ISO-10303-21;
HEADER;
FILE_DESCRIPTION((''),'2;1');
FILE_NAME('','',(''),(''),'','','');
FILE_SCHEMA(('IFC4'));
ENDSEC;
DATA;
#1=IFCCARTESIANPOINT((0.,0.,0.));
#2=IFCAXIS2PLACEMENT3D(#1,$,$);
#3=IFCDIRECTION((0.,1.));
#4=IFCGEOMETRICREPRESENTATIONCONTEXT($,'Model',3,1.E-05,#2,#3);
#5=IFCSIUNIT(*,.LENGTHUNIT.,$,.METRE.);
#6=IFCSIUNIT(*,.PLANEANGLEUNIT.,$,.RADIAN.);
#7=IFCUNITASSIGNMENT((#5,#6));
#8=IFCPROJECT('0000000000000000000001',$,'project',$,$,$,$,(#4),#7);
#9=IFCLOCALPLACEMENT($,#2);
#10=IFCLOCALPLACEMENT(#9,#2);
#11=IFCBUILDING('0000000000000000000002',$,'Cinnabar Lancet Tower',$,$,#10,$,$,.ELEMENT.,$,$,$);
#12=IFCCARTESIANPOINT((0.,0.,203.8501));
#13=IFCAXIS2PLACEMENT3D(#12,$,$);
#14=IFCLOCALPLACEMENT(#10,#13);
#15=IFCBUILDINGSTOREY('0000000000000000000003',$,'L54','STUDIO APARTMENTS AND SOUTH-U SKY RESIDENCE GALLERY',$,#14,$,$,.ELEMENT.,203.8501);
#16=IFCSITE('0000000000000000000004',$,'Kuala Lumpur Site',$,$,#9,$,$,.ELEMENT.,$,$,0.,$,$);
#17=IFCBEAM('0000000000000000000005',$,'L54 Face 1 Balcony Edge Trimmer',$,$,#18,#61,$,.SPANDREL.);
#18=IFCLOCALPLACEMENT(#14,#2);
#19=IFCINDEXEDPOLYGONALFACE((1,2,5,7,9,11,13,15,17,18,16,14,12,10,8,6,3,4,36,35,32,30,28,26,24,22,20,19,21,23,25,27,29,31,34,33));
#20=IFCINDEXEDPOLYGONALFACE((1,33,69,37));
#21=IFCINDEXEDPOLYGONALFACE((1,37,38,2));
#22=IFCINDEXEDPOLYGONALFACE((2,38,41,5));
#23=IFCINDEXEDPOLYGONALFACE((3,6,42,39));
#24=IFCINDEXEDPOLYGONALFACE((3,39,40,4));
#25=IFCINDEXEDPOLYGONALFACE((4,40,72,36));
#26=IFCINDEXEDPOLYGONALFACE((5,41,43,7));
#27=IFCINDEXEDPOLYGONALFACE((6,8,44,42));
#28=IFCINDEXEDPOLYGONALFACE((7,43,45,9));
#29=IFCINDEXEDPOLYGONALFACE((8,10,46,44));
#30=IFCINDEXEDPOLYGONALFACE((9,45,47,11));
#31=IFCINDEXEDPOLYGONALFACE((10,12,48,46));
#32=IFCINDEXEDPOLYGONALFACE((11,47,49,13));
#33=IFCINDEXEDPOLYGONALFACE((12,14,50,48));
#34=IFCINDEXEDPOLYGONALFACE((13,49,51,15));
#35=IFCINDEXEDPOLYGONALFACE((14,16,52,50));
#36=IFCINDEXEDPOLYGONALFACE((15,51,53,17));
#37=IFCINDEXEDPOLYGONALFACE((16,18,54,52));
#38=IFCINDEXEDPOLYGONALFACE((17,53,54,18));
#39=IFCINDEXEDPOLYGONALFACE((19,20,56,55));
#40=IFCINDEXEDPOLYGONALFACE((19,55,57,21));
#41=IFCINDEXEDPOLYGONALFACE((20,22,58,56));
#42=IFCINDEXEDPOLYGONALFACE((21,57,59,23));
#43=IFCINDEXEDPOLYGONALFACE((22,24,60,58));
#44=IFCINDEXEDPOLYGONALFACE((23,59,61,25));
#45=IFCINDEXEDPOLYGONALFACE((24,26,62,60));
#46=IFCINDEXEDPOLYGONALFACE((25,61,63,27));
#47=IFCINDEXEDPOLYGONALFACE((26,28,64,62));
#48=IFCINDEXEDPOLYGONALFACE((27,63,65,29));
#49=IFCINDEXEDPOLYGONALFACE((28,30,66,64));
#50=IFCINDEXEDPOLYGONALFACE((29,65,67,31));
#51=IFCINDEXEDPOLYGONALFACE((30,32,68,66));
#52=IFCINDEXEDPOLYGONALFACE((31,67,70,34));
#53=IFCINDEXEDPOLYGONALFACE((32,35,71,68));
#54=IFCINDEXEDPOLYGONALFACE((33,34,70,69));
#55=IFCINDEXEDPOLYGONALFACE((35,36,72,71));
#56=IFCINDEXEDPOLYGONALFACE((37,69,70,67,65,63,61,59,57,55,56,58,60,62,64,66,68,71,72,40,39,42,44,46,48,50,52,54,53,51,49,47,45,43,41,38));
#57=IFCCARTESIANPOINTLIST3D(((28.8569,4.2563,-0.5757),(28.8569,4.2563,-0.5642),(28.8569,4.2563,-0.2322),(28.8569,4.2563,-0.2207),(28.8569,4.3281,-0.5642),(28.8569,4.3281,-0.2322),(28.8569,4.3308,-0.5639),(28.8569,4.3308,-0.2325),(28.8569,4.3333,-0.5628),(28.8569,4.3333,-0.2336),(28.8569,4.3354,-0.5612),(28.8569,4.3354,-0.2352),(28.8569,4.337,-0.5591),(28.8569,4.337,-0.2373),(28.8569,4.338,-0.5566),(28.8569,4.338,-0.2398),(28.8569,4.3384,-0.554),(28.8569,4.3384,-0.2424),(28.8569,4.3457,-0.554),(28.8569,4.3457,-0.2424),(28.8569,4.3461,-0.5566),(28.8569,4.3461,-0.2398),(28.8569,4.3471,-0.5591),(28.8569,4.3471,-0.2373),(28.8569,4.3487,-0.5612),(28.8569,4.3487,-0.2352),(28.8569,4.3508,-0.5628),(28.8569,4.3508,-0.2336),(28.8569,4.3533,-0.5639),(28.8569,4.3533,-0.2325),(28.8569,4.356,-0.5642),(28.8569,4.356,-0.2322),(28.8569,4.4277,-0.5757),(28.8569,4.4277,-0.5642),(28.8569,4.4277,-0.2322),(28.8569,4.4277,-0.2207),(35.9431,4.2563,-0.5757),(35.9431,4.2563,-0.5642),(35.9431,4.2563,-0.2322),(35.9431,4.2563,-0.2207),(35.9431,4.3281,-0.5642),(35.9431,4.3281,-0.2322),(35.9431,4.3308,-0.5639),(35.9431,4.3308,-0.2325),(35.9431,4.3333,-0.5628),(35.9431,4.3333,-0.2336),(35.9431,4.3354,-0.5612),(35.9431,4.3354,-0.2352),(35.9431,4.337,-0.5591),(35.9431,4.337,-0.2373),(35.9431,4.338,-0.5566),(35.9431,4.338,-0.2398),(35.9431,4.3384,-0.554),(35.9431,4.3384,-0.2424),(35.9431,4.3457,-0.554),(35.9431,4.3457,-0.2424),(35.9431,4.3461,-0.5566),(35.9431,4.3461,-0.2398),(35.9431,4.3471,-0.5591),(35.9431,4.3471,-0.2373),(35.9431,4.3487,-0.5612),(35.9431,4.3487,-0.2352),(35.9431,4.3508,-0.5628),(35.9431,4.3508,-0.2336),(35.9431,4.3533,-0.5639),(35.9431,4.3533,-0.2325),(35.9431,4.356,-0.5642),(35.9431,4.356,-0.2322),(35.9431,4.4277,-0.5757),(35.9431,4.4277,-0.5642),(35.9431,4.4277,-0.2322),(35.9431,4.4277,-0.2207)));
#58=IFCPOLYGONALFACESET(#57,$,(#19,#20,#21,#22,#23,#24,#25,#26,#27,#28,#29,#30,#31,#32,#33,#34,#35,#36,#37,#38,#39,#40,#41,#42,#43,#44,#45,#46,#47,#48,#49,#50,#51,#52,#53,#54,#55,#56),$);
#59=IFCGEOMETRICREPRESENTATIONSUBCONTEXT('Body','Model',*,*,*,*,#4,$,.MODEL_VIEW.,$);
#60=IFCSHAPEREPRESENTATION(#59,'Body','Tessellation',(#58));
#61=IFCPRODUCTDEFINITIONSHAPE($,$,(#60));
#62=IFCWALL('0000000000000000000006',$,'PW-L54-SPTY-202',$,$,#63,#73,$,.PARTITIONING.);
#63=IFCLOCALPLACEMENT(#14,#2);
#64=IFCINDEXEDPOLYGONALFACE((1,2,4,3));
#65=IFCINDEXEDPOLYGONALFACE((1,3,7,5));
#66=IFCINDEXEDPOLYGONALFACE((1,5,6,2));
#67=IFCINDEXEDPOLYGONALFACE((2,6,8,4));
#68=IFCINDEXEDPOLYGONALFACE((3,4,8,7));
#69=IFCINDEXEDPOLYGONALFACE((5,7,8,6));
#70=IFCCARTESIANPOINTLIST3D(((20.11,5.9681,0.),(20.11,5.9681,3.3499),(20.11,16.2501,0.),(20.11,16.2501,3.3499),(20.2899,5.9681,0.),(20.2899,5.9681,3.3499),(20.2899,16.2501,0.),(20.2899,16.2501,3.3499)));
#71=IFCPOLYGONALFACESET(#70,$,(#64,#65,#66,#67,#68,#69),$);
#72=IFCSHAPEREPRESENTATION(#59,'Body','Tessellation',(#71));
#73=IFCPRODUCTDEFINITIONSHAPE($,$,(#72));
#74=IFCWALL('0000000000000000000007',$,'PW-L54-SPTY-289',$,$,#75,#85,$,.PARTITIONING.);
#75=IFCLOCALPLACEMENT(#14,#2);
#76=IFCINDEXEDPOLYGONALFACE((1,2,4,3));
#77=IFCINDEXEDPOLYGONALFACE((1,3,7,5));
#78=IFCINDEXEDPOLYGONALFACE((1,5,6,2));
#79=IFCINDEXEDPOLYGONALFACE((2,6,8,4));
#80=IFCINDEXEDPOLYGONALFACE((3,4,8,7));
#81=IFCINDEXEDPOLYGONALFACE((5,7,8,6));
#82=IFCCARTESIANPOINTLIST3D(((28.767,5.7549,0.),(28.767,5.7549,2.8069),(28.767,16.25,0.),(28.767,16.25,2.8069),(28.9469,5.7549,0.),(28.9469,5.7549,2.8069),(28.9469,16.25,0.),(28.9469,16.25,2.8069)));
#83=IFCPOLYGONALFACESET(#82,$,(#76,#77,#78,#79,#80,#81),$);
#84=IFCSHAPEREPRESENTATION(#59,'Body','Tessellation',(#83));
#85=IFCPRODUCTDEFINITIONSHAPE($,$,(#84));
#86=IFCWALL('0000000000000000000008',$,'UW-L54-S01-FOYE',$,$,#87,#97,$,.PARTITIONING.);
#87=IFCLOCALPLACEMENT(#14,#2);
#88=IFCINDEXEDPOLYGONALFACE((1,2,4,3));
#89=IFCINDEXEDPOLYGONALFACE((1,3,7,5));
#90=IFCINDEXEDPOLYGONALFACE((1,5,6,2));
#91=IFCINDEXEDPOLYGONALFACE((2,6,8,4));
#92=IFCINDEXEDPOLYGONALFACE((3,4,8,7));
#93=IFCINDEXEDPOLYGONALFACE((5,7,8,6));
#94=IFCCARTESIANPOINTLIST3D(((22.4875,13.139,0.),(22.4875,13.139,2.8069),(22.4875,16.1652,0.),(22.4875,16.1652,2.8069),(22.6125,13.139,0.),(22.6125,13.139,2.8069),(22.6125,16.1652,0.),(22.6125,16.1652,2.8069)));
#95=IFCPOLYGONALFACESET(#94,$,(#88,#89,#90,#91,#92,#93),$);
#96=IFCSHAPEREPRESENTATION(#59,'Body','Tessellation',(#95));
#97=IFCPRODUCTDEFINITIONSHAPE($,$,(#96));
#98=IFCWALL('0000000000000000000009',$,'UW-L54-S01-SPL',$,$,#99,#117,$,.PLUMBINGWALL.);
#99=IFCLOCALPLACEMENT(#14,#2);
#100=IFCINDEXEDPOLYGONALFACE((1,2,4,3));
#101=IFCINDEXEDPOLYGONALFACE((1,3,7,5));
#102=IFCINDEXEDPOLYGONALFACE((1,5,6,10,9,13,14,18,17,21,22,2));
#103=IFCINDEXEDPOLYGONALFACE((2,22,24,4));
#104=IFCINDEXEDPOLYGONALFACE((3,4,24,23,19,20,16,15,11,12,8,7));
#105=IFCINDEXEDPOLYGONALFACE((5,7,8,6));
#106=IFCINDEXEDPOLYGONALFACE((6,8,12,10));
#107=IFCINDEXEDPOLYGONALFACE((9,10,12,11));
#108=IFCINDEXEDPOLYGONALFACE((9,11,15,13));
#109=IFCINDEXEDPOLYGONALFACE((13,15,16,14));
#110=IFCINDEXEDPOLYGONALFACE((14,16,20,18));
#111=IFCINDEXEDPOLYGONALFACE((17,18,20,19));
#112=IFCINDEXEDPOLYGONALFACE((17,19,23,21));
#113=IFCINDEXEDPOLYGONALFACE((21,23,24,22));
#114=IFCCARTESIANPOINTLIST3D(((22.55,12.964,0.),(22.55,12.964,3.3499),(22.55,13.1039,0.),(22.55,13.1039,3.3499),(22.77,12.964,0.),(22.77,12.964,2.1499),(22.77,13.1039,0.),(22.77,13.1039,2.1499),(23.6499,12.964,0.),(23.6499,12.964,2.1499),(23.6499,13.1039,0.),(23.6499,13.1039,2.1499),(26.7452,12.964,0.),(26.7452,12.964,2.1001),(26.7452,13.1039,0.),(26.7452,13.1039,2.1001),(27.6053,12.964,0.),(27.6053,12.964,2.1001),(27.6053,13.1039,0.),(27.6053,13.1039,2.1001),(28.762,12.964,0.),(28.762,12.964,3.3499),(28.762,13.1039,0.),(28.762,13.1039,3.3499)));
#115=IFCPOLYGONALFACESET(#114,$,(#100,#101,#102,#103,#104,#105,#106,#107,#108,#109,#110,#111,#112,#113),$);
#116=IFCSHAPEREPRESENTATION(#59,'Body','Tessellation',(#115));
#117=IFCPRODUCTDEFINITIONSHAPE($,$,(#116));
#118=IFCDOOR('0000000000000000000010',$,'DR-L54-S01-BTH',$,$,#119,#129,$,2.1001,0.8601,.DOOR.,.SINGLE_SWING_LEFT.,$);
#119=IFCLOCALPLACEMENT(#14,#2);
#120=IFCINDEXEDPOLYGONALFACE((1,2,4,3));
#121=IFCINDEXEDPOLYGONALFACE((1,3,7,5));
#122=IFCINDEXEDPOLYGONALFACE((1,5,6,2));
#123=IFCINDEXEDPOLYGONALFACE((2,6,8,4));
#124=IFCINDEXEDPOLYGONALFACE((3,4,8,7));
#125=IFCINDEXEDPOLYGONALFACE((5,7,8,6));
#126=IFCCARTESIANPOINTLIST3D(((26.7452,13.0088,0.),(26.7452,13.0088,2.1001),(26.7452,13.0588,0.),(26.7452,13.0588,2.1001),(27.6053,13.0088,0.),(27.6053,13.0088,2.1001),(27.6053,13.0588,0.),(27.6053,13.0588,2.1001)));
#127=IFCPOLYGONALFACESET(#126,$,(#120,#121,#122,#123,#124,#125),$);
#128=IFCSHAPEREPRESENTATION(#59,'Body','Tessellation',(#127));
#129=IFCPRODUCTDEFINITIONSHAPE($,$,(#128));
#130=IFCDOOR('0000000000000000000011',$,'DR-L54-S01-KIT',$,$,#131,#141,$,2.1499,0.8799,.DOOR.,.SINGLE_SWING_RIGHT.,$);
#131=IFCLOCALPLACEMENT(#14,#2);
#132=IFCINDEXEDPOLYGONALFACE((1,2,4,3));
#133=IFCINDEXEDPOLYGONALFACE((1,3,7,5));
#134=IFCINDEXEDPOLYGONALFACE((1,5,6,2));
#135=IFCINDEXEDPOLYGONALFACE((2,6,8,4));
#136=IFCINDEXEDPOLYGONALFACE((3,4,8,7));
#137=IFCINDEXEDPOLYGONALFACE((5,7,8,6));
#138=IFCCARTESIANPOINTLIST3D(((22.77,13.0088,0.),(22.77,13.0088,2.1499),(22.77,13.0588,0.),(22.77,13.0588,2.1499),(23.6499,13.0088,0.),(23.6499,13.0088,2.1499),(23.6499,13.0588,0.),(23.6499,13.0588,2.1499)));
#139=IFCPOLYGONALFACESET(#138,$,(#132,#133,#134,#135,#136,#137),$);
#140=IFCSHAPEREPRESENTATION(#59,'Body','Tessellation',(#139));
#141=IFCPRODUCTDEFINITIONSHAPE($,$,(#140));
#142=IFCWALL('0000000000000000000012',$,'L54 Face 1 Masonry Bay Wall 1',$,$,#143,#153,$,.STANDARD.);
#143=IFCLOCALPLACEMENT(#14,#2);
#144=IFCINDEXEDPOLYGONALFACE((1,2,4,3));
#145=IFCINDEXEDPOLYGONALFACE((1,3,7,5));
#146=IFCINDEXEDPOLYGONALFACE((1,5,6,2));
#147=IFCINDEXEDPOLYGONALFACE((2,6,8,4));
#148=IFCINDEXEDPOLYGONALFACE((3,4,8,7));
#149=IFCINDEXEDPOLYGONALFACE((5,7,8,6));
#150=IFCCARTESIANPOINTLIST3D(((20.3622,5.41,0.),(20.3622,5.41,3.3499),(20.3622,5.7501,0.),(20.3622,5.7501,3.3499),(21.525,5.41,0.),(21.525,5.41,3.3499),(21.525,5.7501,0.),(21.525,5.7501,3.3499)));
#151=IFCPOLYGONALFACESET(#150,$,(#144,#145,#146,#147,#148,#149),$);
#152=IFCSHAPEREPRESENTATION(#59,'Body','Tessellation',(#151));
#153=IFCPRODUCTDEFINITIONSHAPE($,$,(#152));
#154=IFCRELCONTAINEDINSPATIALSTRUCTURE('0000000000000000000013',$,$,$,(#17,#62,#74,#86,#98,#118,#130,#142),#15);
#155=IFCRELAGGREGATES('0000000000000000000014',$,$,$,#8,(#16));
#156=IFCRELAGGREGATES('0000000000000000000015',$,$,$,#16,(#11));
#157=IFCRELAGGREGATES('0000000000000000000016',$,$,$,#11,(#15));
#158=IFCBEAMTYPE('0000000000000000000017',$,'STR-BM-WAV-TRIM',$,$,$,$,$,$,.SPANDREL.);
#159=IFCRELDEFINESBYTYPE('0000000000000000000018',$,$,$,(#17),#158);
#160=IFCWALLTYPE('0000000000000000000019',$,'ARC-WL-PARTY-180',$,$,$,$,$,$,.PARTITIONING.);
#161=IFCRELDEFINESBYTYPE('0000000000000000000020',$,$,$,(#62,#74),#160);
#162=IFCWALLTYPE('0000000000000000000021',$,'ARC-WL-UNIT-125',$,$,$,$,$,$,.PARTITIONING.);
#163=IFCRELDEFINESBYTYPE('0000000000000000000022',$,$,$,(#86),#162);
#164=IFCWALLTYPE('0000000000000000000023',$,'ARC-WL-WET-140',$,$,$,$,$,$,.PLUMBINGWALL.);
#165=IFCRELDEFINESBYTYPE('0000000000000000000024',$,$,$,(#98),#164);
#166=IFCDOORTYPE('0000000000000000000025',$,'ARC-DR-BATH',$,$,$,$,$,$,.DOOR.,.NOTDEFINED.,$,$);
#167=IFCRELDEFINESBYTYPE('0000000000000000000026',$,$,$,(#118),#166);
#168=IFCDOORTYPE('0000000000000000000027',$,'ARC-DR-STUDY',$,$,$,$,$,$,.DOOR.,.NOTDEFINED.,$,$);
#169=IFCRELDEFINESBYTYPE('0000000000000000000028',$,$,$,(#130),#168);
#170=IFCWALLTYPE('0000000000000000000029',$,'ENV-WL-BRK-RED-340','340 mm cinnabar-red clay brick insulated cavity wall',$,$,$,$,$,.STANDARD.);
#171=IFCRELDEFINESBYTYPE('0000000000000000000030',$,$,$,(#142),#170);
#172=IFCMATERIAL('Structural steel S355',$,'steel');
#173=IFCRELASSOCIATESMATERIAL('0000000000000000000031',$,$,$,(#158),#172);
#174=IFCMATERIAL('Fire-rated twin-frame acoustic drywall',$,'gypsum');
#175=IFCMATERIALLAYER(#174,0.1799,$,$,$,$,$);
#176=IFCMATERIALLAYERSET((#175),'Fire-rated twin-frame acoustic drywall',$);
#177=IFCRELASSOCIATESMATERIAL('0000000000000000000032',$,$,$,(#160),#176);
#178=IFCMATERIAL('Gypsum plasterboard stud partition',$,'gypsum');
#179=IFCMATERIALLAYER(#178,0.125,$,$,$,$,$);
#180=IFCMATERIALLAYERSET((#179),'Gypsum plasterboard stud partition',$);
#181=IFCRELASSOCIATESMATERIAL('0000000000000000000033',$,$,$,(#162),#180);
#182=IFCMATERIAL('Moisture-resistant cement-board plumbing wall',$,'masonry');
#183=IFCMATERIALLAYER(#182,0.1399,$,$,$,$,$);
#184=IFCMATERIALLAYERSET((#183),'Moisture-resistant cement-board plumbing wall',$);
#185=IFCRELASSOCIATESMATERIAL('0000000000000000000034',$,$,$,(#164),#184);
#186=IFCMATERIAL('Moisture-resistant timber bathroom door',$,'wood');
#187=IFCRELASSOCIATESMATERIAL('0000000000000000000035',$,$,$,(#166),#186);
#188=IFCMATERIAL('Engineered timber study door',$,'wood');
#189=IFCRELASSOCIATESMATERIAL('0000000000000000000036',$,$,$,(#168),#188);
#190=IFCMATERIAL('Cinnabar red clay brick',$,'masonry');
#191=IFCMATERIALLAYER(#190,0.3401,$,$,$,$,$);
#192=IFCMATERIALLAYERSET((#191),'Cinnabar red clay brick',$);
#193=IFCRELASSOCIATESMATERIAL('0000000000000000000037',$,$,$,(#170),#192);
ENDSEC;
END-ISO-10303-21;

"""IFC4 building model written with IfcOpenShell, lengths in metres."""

from ifc_helpers import new_model, si_unit, direction, frame, frame_2d, origin, origin_2d, place, context, subcontext, project, spatial, rectangle, i_section, extrude, material, layer, layer_set, material_profile, profile_set, type_object, element, fill, save


model = new_model("IFC4")

# Units and contexts
model_context = context("Model", 3, precision=1e-05, world=origin(), true_north=direction((0.0, 1.0)))
body_context = subcontext(model_context, "Body", "Model", "MODEL_VIEW")
ifc_project = project(units=[si_unit("LENGTHUNIT", "METRE"), si_unit("PLANEANGLEUNIT", "RADIAN")], contexts=[model_context])

# Site, building, storey
site_placement = place(None, origin())
site = spatial("IfcSite", under=ifc_project, at=site_placement, Name="Kuala Lumpur Site", CompositionType="ELEMENT", RefElevation=0.0)
building_placement = place(site_placement, origin())
building = spatial("IfcBuilding", under=site, at=building_placement, Name="Cinnabar Lancet Tower", CompositionType="ELEMENT")
storey_placement = place(building_placement, frame((0.0, 0.0, 203.8501)))
storey = spatial("IfcBuildingStorey", under=building, at=storey_placement, Name="L54", Description="STUDIO APARTMENTS AND SOUTH-U SKY RESIDENCE GALLERY", CompositionType="ELEMENT", Elevation=203.8501)

# Beam
ifc_material_1 = material(Name="Structural steel S355", Category="steel")
ifc_material_profile_1 = material_profile(ifc_material_1, i_section(OverallWidth=0.1714, OverallDepth=0.355, WebThickness=0.0073, FlangeThickness=0.0115, FilletRadius=0.0103, at=origin_2d()), Name="UKB 356x171x51")
ifc_profile_set_1 = profile_set([ifc_material_profile_1], Name="Structural steel S355")
beam_type_1 = type_object("IfcBeamType", Name="STR-BM-WAV-TRIM", PredefinedType="SPANDREL", material=ifc_profile_set_1)
beam_1_placement = place(storey_placement, frame((28.8569, 4.342, -0.3982), z_axis=(1.0, 0.0, 0.0), x_axis=(0.0, 1.0, 0.0)))
element("IfcBeam", 1, at=beam_1_placement, inside=storey, type_object=beam_type_1, Name="L54 Face 1 Balcony Edge Trimmer", PredefinedType="SPANDREL", context=body_context, shape_type="SweptSolid", body=[
    extrude(i_section(OverallWidth=0.1714, OverallDepth=0.355, WebThickness=0.0073, FlangeThickness=0.0115, FilletRadius=0.0103, at=origin_2d()), origin(), (0.0, 0.0, 1.0), 7.0862),
])

# Walls
ifc_material_2 = material(Name="Fire-rated twin-frame acoustic drywall", Category="gypsum")
ifc_layer_1 = layer(ifc_material_2, 0.1799)
ifc_layer_set_1 = layer_set([ifc_layer_1], Name="Fire-rated twin-frame acoustic drywall")
wall_type_1 = type_object("IfcWallType", Name="ARC-WL-PARTY-180", PredefinedType="PARTITIONING", material=ifc_layer_set_1)
wall_1_placement = place(storey_placement, frame((20.2, 5.968, 0.0), z_axis=(0.0, 0.0, 1.0), x_axis=(0.0, 1.0, 0.0)))
element("IfcWall", 2, at=wall_1_placement, inside=storey, type_object=wall_type_1, Name="PW-L54-SPTY-202", PredefinedType="PARTITIONING", context=body_context, shape_type="SweptSolid", body=[
    extrude(rectangle(XDim=10.282, YDim=0.1799, at=frame_2d((5.1411, 0.0))), origin(), (0.0, 0.0, 1.0), 3.3499),
])
wall_2_placement = place(storey_placement, frame((28.8569, 5.7549, 0.0), z_axis=(0.0, 0.0, 1.0), x_axis=(0.0, 1.0, 0.0)))
element("IfcWall", 3, at=wall_2_placement, inside=storey, type_object=wall_type_1, Name="PW-L54-SPTY-289", PredefinedType="PARTITIONING", context=body_context, shape_type="SweptSolid", body=[
    extrude(rectangle(XDim=10.4951, YDim=0.1799, at=frame_2d((5.2476, 0.0))), origin(), (0.0, 0.0, 1.0), 2.8069),
])
ifc_material_3 = material(Name="Gypsum plasterboard stud partition", Category="gypsum")
ifc_layer_2 = layer(ifc_material_3, 0.125)
ifc_layer_set_2 = layer_set([ifc_layer_2], Name="Gypsum plasterboard stud partition")
wall_type_2 = type_object("IfcWallType", Name="ARC-WL-UNIT-125", PredefinedType="PARTITIONING", material=ifc_layer_set_2)
wall_3_placement = place(storey_placement, frame((22.55, 13.1389, 0.0), z_axis=(0.0, 0.0, 1.0), x_axis=(0.0, 1.0, 0.0)))
element("IfcWall", 4, at=wall_3_placement, inside=storey, type_object=wall_type_2, Name="UW-L54-S01-FOYE", PredefinedType="PARTITIONING", context=body_context, shape_type="SweptSolid", body=[
    extrude(rectangle(XDim=3.0261, YDim=0.125, at=frame_2d((1.5132, 0.0))), origin(), (0.0, 0.0, 1.0), 2.8069),
])

# Wall, openings, doors
ifc_material_4 = material(Name="Moisture-resistant cement-board plumbing wall", Category="masonry")
ifc_layer_3 = layer(ifc_material_4, 0.1399)
ifc_layer_set_3 = layer_set([ifc_layer_3], Name="Moisture-resistant cement-board plumbing wall")
wall_type_3 = type_object("IfcWallType", Name="ARC-WL-WET-140", PredefinedType="PLUMBINGWALL", material=ifc_layer_set_3)
wall_4_placement = place(storey_placement, frame((22.55, 13.0339, 0.0), z_axis=(0.0, 0.0, 1.0), x_axis=(1.0, 0.0, 0.0)))
wall_4 = element("IfcWall", 5, at=wall_4_placement, inside=storey, type_object=wall_type_3, Name="UW-L54-S01-SPL", PredefinedType="PLUMBINGWALL", context=body_context, shape_type="SweptSolid", body=[
    extrude(rectangle(XDim=6.2119, YDim=0.1399, at=frame_2d((3.106, 0.0))), origin(), (0.0, 0.0, 1.0), 3.3499),
])
opening_1_placement = place(wall_4_placement, frame((4.1951, 0.0, 0.0)))
opening_1 = element("IfcOpeningElement", 6, at=opening_1_placement, cuts=wall_4, PredefinedType="OPENING", context=body_context, shape_type="SweptSolid", body=[
    extrude(rectangle(XDim=0.8601, YDim=2.1001, at=frame_2d((0.4302, 1.05))), frame((0.0, 0.0798, 0.0), z_axis=(0.0, -1.0, 0.0), x_axis=(1.0, 0.0, 0.0)), (0.0, 0.0, 1.0), 0.1599),
])
opening_2_placement = place(wall_4_placement, frame((0.22, 0.0, 0.0)))
opening_2 = element("IfcOpeningElement", 7, at=opening_2_placement, cuts=wall_4, PredefinedType="OPENING", context=body_context, shape_type="SweptSolid", body=[
    extrude(rectangle(XDim=0.8799, YDim=2.1499, at=frame_2d((0.4399, 1.075))), frame((0.0, 0.0798, 0.0), z_axis=(0.0, -1.0, 0.0), x_axis=(1.0, 0.0, 0.0)), (0.0, 0.0, 1.0), 0.1599),
])
ifc_material_5 = material(Name="Moisture-resistant timber bathroom door", Category="wood")
door_type_1 = type_object("IfcDoorType", Name="ARC-DR-BATH", OperationType="NOTDEFINED", PredefinedType="DOOR", material=ifc_material_5)
door_1_placement = place(opening_1_placement, origin())
door_1 = element("IfcDoor", 8, at=door_1_placement, inside=storey, type_object=door_type_1, Name="DR-L54-S01-BTH", OperationType="SINGLE_SWING_LEFT", OverallHeight=2.1001, OverallWidth=0.8601, PredefinedType="DOOR", context=body_context, shape_type="SweptSolid", body=[
    extrude(rectangle(XDim=0.8601, YDim=2.1001, at=frame_2d((0.4302, 1.05))), frame((0.0, 0.0249, 0.0), z_axis=(0.0, -1.0, 0.0), x_axis=(1.0, 0.0, 0.0)), (0.0, 0.0, 1.0), 0.05),
])
fill(opening_1, door_1)
ifc_material_6 = material(Name="Engineered timber study door", Category="wood")
door_type_2 = type_object("IfcDoorType", Name="ARC-DR-STUDY", OperationType="NOTDEFINED", PredefinedType="DOOR", material=ifc_material_6)
door_2_placement = place(opening_2_placement, origin())
door_2 = element("IfcDoor", 9, at=door_2_placement, inside=storey, type_object=door_type_2, Name="DR-L54-S01-KIT", OperationType="SINGLE_SWING_RIGHT", OverallHeight=2.1499, OverallWidth=0.8799, PredefinedType="DOOR", context=body_context, shape_type="SweptSolid", body=[
    extrude(rectangle(XDim=0.8799, YDim=2.1499, at=frame_2d((0.4399, 1.075))), frame((0.0, 0.0249, 0.0), z_axis=(0.0, -1.0, 0.0), x_axis=(1.0, 0.0, 0.0)), (0.0, 0.0, 1.0), 0.05),
])
fill(opening_2, door_2)

# Wall
ifc_material_7 = material(Name="Cinnabar red clay brick", Category="masonry")
ifc_layer_4 = layer(ifc_material_7, 0.3401)
ifc_layer_set_4 = layer_set([ifc_layer_4], Name="Cinnabar red clay brick")
wall_type_4 = type_object("IfcWallType", Name="ENV-WL-BRK-RED-340", Description="340 mm cinnabar-red clay brick insulated cavity wall", PredefinedType="STANDARD", material=ifc_layer_set_4)
wall_5_placement = place(storey_placement, frame((20.3621, 5.5801, 0.0), z_axis=(0.0, 0.0, 1.0), x_axis=(1.0, 0.0, 0.0)))
element("IfcWall", 10, at=wall_5_placement, inside=storey, type_object=wall_type_4, Name="L54 Face 1 Masonry Bay Wall 1", PredefinedType="STANDARD", context=body_context, shape_type="SweptSolid", body=[
    extrude(rectangle(XDim=1.1628, YDim=0.3401, at=frame_2d((0.5815, 0.0))), origin(), (0.0, 0.0, 1.0), 3.3499),
])

save(model, "model.ifc")
